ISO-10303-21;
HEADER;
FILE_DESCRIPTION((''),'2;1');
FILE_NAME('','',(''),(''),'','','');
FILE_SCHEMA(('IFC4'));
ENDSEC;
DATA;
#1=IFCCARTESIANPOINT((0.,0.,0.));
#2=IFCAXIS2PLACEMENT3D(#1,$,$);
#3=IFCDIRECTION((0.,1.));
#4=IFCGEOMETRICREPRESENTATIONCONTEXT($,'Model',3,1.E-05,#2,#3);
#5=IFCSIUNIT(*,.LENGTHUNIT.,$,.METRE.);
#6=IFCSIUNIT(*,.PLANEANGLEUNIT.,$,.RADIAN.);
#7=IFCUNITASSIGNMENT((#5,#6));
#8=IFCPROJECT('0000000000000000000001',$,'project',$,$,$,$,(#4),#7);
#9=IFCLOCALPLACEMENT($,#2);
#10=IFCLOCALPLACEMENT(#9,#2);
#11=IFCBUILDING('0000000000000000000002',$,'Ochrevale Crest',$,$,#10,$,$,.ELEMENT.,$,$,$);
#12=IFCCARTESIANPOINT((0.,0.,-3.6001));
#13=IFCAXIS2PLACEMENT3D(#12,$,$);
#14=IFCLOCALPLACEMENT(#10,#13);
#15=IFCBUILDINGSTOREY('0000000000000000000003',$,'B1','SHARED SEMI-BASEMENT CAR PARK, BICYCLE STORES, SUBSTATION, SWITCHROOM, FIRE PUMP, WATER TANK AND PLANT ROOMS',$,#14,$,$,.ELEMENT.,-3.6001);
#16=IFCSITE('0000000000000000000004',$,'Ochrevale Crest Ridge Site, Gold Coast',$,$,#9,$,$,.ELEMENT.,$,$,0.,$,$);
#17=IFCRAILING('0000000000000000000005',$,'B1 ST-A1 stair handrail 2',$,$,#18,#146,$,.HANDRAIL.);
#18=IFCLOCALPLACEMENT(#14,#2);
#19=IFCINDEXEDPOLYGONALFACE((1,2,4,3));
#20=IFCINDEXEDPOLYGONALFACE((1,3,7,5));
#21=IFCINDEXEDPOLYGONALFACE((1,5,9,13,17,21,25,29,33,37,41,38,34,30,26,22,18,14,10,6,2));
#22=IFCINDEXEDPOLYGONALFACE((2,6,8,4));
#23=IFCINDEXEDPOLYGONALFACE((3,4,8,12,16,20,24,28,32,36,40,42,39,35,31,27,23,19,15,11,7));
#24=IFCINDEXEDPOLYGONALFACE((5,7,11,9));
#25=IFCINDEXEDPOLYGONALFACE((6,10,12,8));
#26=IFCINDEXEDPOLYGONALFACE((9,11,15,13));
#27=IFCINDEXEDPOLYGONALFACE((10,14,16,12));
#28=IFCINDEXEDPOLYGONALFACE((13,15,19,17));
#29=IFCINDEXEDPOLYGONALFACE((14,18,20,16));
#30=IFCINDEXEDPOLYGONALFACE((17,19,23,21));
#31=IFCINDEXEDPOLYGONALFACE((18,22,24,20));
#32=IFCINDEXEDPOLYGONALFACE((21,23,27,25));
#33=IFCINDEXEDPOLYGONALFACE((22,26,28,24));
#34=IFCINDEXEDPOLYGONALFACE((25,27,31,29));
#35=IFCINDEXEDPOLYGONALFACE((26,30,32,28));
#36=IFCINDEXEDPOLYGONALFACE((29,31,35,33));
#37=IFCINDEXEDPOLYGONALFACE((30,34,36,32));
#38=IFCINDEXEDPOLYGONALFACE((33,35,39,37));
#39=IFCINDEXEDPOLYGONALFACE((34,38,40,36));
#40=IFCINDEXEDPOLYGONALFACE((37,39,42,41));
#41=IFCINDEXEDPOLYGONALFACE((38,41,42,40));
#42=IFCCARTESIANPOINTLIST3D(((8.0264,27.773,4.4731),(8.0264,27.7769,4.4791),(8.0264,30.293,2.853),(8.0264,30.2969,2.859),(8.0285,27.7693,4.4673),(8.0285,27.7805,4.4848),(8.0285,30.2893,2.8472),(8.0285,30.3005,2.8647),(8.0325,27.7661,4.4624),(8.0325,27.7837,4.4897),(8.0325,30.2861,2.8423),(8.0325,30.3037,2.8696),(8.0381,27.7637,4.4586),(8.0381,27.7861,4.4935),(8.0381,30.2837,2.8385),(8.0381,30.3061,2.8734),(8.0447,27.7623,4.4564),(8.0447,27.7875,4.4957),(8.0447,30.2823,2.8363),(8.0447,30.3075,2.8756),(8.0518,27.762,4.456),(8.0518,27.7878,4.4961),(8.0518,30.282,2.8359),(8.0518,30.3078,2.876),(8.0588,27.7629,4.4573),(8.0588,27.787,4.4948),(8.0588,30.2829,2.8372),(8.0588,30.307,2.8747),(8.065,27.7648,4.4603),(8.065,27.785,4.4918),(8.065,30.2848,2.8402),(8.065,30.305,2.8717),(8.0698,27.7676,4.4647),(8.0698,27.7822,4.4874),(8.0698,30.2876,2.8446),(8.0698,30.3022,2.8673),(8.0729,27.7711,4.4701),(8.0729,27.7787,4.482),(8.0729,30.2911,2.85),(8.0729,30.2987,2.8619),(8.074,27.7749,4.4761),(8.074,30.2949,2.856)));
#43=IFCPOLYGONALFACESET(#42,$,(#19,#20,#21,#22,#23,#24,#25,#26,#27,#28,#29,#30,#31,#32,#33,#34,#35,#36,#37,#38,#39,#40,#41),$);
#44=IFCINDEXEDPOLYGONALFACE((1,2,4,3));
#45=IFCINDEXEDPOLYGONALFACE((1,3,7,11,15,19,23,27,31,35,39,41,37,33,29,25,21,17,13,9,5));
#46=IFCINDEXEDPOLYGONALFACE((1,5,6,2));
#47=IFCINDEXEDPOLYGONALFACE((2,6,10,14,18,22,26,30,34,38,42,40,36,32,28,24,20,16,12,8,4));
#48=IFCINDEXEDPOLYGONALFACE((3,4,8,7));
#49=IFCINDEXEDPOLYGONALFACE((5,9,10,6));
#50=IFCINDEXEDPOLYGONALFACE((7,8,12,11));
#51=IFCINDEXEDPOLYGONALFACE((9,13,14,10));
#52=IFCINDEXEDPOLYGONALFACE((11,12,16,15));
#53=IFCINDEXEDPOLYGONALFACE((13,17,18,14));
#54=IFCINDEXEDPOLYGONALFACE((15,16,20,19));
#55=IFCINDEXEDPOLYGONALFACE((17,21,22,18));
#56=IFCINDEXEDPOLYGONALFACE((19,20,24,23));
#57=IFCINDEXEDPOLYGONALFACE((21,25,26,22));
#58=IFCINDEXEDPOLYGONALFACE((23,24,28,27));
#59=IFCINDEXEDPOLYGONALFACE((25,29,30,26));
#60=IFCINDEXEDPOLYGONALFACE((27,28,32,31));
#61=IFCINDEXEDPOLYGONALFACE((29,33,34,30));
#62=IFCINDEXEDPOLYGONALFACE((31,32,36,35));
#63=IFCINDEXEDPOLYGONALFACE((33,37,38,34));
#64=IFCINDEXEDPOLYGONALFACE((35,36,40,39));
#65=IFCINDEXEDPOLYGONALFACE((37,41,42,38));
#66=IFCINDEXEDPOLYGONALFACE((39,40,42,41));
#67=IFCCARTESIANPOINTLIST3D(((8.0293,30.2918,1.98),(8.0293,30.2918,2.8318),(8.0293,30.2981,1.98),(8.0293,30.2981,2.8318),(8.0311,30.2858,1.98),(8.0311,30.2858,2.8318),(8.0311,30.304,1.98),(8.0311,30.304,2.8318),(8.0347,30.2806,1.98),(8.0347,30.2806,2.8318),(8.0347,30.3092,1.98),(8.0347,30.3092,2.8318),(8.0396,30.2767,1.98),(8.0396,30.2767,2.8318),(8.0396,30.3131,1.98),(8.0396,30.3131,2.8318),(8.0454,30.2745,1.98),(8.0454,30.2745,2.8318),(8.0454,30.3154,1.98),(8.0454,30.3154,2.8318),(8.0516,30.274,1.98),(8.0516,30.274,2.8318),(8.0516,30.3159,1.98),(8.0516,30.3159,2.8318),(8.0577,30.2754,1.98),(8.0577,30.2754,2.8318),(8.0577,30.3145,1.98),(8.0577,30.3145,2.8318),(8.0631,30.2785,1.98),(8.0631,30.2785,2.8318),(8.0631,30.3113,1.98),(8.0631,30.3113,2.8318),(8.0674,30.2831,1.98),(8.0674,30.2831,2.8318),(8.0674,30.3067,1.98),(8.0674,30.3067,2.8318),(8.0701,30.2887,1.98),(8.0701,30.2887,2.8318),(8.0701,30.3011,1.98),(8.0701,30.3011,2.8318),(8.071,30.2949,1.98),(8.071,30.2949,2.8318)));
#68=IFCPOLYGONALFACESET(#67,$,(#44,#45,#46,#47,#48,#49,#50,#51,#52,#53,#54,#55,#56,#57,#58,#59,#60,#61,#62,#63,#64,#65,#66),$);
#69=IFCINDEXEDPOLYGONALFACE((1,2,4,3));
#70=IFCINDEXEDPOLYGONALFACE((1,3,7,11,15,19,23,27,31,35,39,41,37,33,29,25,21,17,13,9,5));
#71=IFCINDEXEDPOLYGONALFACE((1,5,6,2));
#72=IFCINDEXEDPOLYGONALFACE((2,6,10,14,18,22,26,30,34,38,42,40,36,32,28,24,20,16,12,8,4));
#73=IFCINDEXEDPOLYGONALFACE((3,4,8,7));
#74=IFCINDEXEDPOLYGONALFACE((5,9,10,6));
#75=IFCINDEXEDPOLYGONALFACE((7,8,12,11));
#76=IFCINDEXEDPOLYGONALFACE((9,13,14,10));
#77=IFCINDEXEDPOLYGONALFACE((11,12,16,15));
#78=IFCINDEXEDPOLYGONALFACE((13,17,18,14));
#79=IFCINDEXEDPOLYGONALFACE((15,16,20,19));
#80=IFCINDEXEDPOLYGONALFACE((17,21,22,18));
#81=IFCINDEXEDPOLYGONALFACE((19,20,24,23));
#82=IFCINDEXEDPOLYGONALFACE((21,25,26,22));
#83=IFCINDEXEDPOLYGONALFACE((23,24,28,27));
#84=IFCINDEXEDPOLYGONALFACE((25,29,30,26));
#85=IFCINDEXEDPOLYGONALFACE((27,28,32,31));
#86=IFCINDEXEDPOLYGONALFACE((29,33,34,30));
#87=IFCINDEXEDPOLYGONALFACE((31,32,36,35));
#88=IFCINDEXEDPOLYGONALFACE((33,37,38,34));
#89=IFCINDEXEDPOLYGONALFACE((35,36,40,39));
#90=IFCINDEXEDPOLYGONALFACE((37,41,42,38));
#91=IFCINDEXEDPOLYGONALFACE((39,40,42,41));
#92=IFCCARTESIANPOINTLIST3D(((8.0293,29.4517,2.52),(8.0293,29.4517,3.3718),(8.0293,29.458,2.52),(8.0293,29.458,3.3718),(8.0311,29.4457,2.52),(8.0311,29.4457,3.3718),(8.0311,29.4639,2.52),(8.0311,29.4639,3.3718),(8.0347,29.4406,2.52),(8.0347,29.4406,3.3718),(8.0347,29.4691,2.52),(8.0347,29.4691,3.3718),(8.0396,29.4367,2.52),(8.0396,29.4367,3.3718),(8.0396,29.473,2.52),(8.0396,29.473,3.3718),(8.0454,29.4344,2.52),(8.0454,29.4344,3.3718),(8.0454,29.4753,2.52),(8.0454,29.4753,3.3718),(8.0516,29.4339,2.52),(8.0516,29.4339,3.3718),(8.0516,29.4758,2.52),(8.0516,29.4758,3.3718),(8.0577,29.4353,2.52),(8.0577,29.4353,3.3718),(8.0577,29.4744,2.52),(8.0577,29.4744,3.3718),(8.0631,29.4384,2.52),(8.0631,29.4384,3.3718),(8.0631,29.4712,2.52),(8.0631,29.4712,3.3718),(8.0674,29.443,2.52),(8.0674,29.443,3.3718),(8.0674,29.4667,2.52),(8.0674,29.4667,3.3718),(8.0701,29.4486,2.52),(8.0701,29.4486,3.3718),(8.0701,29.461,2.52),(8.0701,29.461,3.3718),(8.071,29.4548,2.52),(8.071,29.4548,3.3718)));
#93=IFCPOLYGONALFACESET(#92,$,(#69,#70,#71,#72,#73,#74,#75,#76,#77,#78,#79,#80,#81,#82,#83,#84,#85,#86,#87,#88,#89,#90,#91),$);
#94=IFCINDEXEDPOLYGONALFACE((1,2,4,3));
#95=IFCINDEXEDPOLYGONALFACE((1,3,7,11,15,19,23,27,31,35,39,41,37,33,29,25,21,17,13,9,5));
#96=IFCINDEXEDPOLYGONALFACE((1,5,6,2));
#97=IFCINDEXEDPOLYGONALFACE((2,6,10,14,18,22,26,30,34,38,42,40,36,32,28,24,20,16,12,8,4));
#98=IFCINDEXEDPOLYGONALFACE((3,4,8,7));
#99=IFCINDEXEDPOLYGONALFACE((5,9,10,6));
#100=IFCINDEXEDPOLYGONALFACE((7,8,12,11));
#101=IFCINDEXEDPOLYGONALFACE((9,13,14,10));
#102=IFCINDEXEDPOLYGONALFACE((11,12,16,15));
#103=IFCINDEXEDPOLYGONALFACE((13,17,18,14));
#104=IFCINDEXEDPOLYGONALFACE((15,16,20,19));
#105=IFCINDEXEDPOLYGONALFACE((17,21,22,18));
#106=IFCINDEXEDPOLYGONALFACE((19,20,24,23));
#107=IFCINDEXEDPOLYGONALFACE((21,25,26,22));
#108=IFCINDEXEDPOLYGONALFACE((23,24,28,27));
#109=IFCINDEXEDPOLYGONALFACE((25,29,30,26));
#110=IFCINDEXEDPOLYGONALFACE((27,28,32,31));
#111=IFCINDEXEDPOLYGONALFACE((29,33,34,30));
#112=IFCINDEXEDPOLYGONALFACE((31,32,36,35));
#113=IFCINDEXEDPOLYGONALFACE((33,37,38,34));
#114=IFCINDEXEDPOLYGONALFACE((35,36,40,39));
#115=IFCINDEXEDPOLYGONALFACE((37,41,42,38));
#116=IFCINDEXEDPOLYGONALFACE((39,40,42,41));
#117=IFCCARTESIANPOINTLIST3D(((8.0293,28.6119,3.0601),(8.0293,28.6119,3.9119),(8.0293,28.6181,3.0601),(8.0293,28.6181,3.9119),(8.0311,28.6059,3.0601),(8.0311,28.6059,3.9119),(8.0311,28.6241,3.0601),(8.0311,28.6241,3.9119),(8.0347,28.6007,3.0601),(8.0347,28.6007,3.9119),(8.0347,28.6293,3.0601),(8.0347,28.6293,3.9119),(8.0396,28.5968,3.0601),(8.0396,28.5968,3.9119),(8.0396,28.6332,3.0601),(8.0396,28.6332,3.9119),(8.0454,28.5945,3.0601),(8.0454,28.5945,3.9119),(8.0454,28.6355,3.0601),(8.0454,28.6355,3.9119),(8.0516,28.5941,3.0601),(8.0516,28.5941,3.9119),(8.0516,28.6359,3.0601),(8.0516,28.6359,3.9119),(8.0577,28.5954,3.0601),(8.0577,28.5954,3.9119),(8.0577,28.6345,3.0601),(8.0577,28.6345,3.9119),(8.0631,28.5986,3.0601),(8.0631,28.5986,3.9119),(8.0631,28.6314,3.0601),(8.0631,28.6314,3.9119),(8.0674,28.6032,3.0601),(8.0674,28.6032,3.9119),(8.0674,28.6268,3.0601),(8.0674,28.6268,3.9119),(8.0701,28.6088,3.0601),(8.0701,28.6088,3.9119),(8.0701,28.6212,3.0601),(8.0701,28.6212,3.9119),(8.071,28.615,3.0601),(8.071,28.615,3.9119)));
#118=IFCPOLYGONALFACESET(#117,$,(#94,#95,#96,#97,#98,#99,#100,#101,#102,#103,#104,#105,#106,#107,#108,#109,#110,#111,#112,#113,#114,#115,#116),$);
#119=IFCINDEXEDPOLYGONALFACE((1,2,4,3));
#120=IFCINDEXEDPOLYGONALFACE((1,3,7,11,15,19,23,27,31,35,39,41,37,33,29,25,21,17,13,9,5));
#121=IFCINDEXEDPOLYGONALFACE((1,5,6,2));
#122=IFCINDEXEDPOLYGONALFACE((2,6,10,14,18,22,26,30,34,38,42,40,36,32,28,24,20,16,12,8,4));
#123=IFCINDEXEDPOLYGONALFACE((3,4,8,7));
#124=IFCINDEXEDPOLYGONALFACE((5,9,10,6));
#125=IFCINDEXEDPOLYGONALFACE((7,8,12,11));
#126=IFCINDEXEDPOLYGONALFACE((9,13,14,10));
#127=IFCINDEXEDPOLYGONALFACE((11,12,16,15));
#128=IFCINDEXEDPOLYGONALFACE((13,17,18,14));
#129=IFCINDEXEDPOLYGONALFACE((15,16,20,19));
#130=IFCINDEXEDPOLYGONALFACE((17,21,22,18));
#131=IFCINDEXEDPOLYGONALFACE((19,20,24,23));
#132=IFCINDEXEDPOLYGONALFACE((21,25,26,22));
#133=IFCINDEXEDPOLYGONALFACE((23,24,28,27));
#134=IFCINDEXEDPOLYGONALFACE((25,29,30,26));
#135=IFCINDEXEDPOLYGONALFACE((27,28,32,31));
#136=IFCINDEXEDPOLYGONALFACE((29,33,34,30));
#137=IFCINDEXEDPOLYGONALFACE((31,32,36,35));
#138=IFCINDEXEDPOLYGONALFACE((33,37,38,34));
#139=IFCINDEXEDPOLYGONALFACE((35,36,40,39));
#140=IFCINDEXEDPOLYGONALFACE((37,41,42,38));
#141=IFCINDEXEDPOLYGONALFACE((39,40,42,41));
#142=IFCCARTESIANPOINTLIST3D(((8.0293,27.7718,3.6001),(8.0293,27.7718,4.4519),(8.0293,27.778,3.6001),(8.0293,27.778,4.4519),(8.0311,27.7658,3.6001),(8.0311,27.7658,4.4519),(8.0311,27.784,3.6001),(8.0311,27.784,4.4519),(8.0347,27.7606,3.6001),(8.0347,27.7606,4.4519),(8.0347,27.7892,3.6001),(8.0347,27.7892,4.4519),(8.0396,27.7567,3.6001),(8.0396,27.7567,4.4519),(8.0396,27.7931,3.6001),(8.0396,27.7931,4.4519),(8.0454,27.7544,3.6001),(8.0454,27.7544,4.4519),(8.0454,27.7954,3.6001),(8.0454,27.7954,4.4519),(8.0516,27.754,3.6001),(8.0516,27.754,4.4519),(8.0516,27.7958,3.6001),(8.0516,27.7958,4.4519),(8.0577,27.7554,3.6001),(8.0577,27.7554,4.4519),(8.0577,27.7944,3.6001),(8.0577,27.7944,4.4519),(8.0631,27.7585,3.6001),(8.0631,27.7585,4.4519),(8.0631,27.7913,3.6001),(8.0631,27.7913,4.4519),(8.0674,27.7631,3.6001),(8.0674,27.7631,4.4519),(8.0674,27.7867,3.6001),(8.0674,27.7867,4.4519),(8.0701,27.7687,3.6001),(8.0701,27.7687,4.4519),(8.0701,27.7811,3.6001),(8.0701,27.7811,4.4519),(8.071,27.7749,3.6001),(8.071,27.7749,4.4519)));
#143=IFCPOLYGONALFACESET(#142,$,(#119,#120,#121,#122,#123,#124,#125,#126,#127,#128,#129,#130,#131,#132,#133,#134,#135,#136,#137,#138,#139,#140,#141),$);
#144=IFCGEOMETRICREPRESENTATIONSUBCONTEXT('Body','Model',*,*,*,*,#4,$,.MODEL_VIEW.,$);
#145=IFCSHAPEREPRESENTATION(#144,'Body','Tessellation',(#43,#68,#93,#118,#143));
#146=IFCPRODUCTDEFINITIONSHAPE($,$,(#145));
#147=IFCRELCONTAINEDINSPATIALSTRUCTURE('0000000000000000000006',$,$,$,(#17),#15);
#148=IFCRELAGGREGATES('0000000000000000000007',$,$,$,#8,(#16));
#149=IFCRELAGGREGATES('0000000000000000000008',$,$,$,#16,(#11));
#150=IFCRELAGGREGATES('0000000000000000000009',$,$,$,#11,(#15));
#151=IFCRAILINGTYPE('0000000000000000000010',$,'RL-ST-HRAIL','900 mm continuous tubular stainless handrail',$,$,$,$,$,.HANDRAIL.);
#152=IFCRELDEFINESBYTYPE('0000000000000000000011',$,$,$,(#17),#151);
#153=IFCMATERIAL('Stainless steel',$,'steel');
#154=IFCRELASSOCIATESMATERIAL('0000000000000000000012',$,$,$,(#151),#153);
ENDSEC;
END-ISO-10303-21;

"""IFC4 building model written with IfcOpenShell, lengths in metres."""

from ifc_helpers import new_model, si_unit, direction, frame, origin, origin_2d, place, context, subcontext, project, spatial, circle, extrude, material, type_object, element, save


model = new_model("IFC4")

# Units and contexts
model_context = context("Model", 3, precision=1e-05, world=origin(), true_north=direction((0.0, 1.0)))
body_context = subcontext(model_context, "Body", "Model", "MODEL_VIEW")
ifc_project = project(units=[si_unit("LENGTHUNIT", "METRE"), si_unit("PLANEANGLEUNIT", "RADIAN")], contexts=[model_context])

# Site, building, storey
site_placement = place(None, origin())
site = spatial("IfcSite", under=ifc_project, at=site_placement, Name="Ochrevale Crest Ridge Site, Gold Coast", CompositionType="ELEMENT", RefElevation=0.0)
building_placement = place(site_placement, origin())
building = spatial("IfcBuilding", under=site, at=building_placement, Name="Ochrevale Crest", CompositionType="ELEMENT")
storey_placement = place(building_placement, frame((0.0, 0.0, -3.6001)))
storey = spatial("IfcBuildingStorey", under=building, at=storey_placement, Name="B1", Description="SHARED SEMI-BASEMENT CAR PARK, BICYCLE STORES, SUBSTATION, SWITCHROOM, FIRE PUMP, WATER TANK AND PLANT ROOMS", CompositionType="ELEMENT", Elevation=-3.6001)

# Railing
ifc_material_1 = material(Name="Stainless steel", Category="steel")
railing_type = type_object("IfcRailingType", Name="RL-ST-HRAIL", Description="900 mm continuous tubular stainless handrail", PredefinedType="HANDRAIL", material=ifc_material_1)
railing_placement = place(storey_placement, frame((8.05, 30.2949, 1.98)))
element("IfcRailing", 1, at=railing_placement, inside=storey, type_object=railing_type, Name="B1 ST-A1 stair handrail 2", PredefinedType="HANDRAIL", context=body_context, shape_type="SweptSolid", body=[
    extrude(circle(Radius=0.0239, at=origin_2d()), frame((0.0, 0.0, 0.876), z_axis=(0.0, -0.841163, 0.540782), x_axis=(1.0, 0.0, 0.0)), (0.0, 0.0, 1.0), 2.9958),
    extrude(circle(Radius=0.021, at=origin_2d()), origin(), (0.0, 0.0, 1.0), 0.8518),
    extrude(circle(Radius=0.021, at=origin_2d()), frame((0.0, -0.8401, 0.54)), (0.0, 0.0, 1.0), 0.8518),
    extrude(circle(Radius=0.021, at=origin_2d()), frame((0.0, -1.6799, 1.0801)), (0.0, 0.0, 1.0), 0.8518),
    extrude(circle(Radius=0.021, at=origin_2d()), frame((0.0, -2.52, 1.6201)), (0.0, 0.0, 1.0), 0.8518),
])

save(model, "model.ifc")
